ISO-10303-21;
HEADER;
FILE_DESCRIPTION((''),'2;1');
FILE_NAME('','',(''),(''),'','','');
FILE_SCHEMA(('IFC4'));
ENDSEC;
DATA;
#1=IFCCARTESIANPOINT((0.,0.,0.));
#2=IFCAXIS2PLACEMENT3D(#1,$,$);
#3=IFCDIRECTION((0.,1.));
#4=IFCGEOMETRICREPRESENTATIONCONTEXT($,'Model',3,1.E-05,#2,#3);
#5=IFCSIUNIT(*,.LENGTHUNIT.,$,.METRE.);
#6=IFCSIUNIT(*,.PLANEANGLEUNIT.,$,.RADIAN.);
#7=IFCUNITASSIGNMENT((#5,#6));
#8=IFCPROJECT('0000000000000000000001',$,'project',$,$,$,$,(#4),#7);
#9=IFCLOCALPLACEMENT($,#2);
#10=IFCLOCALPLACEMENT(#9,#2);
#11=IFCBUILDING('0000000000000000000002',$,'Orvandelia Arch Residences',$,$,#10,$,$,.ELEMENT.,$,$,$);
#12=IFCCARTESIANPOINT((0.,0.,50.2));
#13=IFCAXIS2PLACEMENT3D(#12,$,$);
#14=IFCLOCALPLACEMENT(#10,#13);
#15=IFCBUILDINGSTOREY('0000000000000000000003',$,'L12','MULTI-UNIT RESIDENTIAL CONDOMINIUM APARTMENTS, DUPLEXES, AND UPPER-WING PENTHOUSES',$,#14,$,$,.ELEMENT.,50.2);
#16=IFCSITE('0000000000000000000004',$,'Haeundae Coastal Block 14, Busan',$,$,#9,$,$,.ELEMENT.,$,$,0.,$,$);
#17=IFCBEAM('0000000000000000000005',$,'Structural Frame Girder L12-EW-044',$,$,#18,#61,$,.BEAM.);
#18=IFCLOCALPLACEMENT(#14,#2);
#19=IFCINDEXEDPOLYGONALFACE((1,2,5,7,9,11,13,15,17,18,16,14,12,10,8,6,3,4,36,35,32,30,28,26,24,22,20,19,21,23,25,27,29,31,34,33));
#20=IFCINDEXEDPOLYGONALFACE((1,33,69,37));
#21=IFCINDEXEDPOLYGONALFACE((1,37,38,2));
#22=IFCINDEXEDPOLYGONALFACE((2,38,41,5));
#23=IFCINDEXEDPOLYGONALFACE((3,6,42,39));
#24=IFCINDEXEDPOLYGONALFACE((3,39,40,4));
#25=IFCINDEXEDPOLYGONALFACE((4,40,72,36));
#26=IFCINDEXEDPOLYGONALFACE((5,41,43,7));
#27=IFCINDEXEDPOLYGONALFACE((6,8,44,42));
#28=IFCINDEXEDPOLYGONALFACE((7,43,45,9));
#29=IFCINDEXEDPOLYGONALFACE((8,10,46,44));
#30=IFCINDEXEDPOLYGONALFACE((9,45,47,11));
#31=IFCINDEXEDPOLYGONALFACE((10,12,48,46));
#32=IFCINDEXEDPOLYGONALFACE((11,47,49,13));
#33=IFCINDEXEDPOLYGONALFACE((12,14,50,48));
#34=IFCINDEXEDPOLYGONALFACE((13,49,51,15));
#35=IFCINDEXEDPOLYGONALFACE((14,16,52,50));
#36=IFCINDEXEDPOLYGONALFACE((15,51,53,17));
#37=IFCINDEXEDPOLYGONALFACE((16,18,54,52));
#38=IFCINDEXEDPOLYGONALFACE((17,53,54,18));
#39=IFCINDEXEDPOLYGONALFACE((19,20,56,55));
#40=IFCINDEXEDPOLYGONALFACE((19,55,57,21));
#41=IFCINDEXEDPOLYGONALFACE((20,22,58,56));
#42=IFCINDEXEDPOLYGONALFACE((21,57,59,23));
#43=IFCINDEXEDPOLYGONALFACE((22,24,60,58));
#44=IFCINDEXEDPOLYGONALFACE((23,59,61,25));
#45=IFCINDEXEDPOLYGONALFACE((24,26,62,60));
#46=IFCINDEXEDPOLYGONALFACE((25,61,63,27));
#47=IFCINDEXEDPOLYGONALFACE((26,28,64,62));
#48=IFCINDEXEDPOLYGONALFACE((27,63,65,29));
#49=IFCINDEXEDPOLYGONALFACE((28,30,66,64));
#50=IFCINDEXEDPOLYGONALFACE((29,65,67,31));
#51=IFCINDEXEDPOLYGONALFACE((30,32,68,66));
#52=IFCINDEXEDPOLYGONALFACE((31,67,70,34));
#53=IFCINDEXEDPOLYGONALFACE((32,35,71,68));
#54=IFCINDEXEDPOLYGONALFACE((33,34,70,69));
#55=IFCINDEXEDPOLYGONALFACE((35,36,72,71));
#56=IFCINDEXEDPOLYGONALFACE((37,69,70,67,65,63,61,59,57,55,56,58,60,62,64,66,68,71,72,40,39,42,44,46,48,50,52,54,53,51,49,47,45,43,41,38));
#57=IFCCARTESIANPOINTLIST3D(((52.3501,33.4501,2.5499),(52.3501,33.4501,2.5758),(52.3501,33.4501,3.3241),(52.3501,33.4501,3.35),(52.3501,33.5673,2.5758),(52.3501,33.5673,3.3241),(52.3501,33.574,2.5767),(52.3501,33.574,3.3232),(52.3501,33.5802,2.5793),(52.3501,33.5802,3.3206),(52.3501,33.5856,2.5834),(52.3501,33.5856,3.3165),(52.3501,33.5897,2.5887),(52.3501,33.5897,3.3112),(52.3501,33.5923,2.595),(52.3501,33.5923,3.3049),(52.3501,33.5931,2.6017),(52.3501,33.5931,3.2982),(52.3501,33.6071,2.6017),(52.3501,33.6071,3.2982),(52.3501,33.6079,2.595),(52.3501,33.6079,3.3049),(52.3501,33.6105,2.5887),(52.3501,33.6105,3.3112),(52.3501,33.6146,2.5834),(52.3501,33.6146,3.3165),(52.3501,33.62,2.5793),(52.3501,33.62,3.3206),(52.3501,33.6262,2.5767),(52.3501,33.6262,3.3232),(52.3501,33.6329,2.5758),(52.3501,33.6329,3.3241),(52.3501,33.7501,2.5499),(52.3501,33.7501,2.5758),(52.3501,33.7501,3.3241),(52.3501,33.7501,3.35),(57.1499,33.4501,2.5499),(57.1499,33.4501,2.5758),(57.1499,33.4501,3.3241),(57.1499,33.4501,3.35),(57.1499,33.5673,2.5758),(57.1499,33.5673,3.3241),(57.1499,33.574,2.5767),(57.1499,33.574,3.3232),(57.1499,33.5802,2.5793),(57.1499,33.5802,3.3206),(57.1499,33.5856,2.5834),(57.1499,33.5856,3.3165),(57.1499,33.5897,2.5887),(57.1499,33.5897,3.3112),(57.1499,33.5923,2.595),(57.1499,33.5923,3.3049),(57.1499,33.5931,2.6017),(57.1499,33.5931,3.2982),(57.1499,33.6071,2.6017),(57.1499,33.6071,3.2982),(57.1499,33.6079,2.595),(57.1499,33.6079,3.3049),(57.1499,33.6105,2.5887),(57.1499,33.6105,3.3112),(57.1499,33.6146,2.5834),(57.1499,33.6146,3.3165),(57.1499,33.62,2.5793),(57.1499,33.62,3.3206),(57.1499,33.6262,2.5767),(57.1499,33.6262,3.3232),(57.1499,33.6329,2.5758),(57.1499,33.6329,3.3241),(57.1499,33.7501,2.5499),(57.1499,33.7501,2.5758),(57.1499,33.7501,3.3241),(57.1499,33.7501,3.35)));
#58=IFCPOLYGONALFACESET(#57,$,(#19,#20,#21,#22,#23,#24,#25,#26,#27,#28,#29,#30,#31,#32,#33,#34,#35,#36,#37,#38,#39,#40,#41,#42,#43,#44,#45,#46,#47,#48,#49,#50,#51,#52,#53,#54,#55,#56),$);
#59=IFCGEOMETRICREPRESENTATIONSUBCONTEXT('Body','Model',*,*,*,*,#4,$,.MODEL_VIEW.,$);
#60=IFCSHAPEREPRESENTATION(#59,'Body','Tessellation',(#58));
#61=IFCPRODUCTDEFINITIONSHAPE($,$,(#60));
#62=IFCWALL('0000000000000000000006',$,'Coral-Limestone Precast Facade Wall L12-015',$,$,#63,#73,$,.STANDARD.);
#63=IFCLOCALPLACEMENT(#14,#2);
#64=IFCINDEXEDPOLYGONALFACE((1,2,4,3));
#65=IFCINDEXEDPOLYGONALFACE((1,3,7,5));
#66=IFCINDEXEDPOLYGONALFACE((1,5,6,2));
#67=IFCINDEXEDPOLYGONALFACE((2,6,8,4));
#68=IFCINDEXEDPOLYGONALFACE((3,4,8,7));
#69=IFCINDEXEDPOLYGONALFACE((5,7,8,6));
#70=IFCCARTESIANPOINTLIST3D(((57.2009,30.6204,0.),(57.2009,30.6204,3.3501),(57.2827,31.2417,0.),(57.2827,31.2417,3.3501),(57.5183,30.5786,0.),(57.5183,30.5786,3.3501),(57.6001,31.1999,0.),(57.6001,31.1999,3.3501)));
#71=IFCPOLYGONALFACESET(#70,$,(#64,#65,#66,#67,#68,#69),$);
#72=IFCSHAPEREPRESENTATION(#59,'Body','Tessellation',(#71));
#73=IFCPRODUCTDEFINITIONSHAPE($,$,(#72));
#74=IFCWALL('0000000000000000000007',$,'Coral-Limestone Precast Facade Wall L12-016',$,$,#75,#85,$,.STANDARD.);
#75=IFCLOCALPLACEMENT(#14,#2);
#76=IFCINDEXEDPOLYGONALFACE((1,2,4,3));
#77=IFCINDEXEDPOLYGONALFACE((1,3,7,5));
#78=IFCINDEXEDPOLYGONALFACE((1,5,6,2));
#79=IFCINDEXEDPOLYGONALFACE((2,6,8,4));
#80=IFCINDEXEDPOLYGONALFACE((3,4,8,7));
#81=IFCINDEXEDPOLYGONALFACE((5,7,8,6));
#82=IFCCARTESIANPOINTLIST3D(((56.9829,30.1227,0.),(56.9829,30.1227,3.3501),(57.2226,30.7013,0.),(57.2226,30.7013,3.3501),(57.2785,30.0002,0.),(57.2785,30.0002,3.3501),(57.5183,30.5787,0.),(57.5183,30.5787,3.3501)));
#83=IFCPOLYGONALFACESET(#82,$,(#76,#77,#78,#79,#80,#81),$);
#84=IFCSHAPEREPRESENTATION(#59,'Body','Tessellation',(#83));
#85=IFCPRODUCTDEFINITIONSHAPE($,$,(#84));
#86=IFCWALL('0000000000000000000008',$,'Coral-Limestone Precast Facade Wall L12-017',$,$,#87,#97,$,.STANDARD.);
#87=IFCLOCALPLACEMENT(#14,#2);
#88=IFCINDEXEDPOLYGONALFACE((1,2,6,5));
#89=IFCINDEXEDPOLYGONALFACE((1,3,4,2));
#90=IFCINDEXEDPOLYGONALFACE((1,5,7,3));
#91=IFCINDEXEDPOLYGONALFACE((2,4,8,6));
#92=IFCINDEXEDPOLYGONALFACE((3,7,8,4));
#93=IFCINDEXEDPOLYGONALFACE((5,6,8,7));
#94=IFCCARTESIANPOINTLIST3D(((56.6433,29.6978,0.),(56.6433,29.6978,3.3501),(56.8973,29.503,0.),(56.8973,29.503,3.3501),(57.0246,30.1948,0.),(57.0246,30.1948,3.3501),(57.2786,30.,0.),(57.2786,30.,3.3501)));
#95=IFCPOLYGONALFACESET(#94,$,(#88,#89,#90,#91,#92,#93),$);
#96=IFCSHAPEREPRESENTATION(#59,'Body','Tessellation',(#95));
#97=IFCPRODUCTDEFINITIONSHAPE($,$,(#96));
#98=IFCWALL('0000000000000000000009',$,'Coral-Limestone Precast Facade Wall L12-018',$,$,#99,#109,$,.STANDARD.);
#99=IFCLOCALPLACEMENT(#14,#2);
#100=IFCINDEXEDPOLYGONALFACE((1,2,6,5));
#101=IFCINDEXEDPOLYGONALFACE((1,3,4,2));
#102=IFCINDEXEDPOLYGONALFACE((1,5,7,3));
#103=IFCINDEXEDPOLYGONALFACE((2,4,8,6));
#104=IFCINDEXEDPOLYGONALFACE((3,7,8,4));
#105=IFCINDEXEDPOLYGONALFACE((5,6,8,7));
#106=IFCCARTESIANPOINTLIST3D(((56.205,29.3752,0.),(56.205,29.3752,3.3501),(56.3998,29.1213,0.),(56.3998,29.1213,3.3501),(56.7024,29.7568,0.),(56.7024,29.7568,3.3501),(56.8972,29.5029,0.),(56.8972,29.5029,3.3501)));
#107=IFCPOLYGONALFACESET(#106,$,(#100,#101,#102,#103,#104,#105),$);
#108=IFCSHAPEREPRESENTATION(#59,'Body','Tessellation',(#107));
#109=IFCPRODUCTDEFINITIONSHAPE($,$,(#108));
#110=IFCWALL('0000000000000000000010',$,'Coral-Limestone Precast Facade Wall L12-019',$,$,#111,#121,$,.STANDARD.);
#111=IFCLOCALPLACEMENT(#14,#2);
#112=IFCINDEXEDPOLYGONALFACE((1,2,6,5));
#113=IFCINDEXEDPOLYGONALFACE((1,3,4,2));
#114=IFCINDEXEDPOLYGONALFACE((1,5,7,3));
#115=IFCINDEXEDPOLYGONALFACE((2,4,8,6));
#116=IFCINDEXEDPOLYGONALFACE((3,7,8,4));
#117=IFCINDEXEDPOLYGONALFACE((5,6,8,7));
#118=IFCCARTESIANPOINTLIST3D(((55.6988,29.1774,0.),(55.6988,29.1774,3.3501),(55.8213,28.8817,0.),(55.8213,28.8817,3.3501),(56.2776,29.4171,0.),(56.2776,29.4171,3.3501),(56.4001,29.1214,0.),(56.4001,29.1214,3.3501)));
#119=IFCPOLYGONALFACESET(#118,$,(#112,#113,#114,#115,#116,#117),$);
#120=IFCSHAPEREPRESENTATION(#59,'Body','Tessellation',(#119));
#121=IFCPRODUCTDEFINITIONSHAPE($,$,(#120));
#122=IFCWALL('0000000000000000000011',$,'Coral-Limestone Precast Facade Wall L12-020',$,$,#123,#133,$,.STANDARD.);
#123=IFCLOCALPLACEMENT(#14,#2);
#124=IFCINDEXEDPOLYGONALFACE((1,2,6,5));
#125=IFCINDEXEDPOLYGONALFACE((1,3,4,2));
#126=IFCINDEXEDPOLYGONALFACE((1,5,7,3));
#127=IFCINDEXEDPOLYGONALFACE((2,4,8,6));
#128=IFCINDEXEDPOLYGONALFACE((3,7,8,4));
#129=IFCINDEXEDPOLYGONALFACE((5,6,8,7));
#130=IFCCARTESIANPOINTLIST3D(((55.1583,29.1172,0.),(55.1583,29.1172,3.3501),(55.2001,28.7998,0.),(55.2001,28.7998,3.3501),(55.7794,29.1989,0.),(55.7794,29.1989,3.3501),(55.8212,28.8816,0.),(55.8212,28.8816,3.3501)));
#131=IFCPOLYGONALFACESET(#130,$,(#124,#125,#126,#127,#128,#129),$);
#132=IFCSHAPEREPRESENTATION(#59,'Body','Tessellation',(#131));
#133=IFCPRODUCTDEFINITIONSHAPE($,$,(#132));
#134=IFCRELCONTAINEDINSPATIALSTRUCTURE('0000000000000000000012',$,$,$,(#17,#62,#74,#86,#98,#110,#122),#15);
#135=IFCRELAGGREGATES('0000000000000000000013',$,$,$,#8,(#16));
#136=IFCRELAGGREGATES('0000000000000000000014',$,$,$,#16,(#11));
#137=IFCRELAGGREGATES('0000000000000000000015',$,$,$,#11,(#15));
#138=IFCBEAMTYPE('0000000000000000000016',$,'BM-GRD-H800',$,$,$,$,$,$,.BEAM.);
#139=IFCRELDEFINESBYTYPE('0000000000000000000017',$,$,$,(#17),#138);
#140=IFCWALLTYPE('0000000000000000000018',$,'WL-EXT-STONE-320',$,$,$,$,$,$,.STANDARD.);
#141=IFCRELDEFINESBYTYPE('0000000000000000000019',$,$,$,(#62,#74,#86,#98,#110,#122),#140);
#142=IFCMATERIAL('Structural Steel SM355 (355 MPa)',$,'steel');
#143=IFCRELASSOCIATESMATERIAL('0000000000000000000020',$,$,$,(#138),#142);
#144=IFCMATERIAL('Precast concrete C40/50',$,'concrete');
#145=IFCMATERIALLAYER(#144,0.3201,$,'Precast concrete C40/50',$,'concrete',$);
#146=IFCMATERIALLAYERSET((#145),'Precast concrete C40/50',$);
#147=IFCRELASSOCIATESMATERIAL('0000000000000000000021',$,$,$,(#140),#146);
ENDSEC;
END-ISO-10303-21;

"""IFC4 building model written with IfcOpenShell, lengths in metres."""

from ifc_helpers import new_model, si_unit, direction, frame, frame_2d, origin, origin_2d, place, context, subcontext, project, spatial, rectangle, i_section, extrude, material, layer, layer_set, material_profile, profile_set, type_object, element, save


model = new_model("IFC4")

# Units and contexts
model_context = context("Model", 3, precision=1e-05, world=origin(), true_north=direction((0.0, 1.0)))
body_context = subcontext(model_context, "Body", "Model", "MODEL_VIEW")
ifc_project = project(units=[si_unit("LENGTHUNIT", "METRE"), si_unit("PLANEANGLEUNIT", "RADIAN")], contexts=[model_context])

# Site, building, storey
site_placement = place(None, origin())
site = spatial("IfcSite", under=ifc_project, at=site_placement, Name="Haeundae Coastal Block 14, Busan", CompositionType="ELEMENT", RefElevation=0.0)
building_placement = place(site_placement, origin())
building = spatial("IfcBuilding", under=site, at=building_placement, Name="Orvandelia Arch Residences", CompositionType="ELEMENT")
storey_placement = place(building_placement, frame((0.0, 0.0, 50.2)))
storey = spatial("IfcBuildingStorey", under=building, at=storey_placement, Name="L12", Description="MULTI-UNIT RESIDENTIAL CONDOMINIUM APARTMENTS, DUPLEXES, AND UPPER-WING PENTHOUSES", CompositionType="ELEMENT", Elevation=50.2)

# Beam
ifc_material_1 = material(Name="Structural Steel SM355 (355 MPa)", Category="steel")
ifc_material_profile_1 = material_profile(ifc_material_1, i_section(OverallWidth=0.3, OverallDepth=0.8, WebThickness=0.0139, FlangeThickness=0.0259, FilletRadius=0.0259, at=origin_2d()), Name="Structural Steel SM355 (355 MPa)", Category="steel")
ifc_profile_set_1 = profile_set([ifc_material_profile_1], Name="Structural Steel SM355 (355 MPa)")
beam_type = type_object("IfcBeamType", Name="BM-GRD-H800", PredefinedType="BEAM", material=ifc_profile_set_1)
for number, where, z_axis, x_axis, name in (
    (1, (52.3501, 33.6001, 2.95), (1.0, 0.0, 0.0), (0.0, 1.0, 0.0), "Structural Frame Girder L12-EW-044"),
):
    element("IfcBeam", number, at=place(storey_placement, frame(where, z_axis=z_axis, x_axis=x_axis)), inside=storey, type_object=beam_type, Name=name, PredefinedType="BEAM", context=body_context, shape_type="SweptSolid", body=[
        extrude(i_section(OverallWidth=0.3, OverallDepth=0.8, WebThickness=0.0139, FlangeThickness=0.0259, FilletRadius=0.0259, at=origin_2d()), origin(), (0.0, 0.0, 1.0), 4.7998),
    ])

# Walls
ifc_material_2 = material(Name="Precast concrete C40/50", Category="concrete")
ifc_layer_1 = layer(ifc_material_2, 0.3201, Name="Precast concrete C40/50", Category="concrete")
ifc_layer_set_1 = layer_set([ifc_layer_1], Name="Precast concrete C40/50")
wall_type_1 = type_object("IfcWallType", Name="WL-EXT-STONE-320", PredefinedType="STANDARD", material=ifc_layer_set_1)
wall_1_placement = place(storey_placement, frame((57.4414, 31.2209, 0.0), z_axis=(0.0, 0.0, 1.0), x_axis=(-0.130505, -0.991448, 0.0)))
element("IfcWall", 2, at=wall_1_placement, inside=storey, type_object=wall_type_1, Name="Coral-Limestone Precast Facade Wall L12-015", PredefinedType="STANDARD", context=body_context, shape_type="SweptSolid", body=[
    extrude(rectangle(XDim=0.6267, YDim=0.3201, at=frame_2d((0.3135, 0.0))), origin(), (0.0, 0.0, 1.0), 3.3501),
])
wall_2_placement = place(storey_placement, frame((57.3704, 30.6399, 0.0), z_axis=(0.0, 0.0, 1.0), x_axis=(-0.382788, -0.923836, 0.0)))
element("IfcWall", 3, at=wall_2_placement, inside=storey, type_object=wall_type_1, Name="Coral-Limestone Precast Facade Wall L12-016", PredefinedType="STANDARD", context=body_context, shape_type="SweptSolid", body=[
    extrude(rectangle(XDim=0.6262, YDim=0.3201, at=frame_2d((0.313, 0.0))), origin(), (0.0, 0.0, 1.0), 3.3501),
])
wall_3_placement = place(storey_placement, frame((57.1516, 30.0974, 0.0), z_axis=(0.0, 0.0, 1.0), x_axis=(-0.608693, -0.793406, 0.0)))
element("IfcWall", 4, at=wall_3_placement, inside=storey, type_object=wall_type_1, Name="Coral-Limestone Precast Facade Wall L12-017", PredefinedType="STANDARD", context=body_context, shape_type="SweptSolid", body=[
    extrude(rectangle(XDim=0.6265, YDim=0.3201, at=frame_2d((0.3132, 0.0))), origin(), (0.0, 0.0, 1.0), 3.3501),
])
wall_4_placement = place(storey_placement, frame((56.7998, 29.6299, 0.0), z_axis=(0.0, 0.0, 1.0), x_axis=(-0.793362, -0.60875, 0.0)))
element("IfcWall", 5, at=wall_4_placement, inside=storey, type_object=wall_type_1, Name="Coral-Limestone Precast Facade Wall L12-018", PredefinedType="STANDARD", context=body_context, shape_type="SweptSolid", body=[
    extrude(rectangle(XDim=0.627, YDim=0.3201, at=frame_2d((0.3135, 0.0))), origin(), (0.0, 0.0, 1.0), 3.3501),
])
for number, where, z_axis, x_axis, name in (
    (6, (56.3389, 29.2693, 0.0), (0.0, 0.0, 1.0), (-0.923893, -0.38265, 0.0), "Coral-Limestone Precast Facade Wall L12-019"),
    (7, (55.8003, 29.0403, 0.0), (0.0, 0.0, 1.0), (-0.991441, -0.130555, 0.0), "Coral-Limestone Precast Facade Wall L12-020"),
):
    element("IfcWall", number, at=place(storey_placement, frame(where, z_axis=z_axis, x_axis=x_axis)), inside=storey, type_object=wall_type_1, Name=name, PredefinedType="STANDARD", context=body_context, shape_type="SweptSolid", body=[
        extrude(rectangle(XDim=0.6265, YDim=0.3201, at=frame_2d((0.3132, 0.0))), origin(), (0.0, 0.0, 1.0), 3.3501),
    ])

save(model, "model.ifc")
